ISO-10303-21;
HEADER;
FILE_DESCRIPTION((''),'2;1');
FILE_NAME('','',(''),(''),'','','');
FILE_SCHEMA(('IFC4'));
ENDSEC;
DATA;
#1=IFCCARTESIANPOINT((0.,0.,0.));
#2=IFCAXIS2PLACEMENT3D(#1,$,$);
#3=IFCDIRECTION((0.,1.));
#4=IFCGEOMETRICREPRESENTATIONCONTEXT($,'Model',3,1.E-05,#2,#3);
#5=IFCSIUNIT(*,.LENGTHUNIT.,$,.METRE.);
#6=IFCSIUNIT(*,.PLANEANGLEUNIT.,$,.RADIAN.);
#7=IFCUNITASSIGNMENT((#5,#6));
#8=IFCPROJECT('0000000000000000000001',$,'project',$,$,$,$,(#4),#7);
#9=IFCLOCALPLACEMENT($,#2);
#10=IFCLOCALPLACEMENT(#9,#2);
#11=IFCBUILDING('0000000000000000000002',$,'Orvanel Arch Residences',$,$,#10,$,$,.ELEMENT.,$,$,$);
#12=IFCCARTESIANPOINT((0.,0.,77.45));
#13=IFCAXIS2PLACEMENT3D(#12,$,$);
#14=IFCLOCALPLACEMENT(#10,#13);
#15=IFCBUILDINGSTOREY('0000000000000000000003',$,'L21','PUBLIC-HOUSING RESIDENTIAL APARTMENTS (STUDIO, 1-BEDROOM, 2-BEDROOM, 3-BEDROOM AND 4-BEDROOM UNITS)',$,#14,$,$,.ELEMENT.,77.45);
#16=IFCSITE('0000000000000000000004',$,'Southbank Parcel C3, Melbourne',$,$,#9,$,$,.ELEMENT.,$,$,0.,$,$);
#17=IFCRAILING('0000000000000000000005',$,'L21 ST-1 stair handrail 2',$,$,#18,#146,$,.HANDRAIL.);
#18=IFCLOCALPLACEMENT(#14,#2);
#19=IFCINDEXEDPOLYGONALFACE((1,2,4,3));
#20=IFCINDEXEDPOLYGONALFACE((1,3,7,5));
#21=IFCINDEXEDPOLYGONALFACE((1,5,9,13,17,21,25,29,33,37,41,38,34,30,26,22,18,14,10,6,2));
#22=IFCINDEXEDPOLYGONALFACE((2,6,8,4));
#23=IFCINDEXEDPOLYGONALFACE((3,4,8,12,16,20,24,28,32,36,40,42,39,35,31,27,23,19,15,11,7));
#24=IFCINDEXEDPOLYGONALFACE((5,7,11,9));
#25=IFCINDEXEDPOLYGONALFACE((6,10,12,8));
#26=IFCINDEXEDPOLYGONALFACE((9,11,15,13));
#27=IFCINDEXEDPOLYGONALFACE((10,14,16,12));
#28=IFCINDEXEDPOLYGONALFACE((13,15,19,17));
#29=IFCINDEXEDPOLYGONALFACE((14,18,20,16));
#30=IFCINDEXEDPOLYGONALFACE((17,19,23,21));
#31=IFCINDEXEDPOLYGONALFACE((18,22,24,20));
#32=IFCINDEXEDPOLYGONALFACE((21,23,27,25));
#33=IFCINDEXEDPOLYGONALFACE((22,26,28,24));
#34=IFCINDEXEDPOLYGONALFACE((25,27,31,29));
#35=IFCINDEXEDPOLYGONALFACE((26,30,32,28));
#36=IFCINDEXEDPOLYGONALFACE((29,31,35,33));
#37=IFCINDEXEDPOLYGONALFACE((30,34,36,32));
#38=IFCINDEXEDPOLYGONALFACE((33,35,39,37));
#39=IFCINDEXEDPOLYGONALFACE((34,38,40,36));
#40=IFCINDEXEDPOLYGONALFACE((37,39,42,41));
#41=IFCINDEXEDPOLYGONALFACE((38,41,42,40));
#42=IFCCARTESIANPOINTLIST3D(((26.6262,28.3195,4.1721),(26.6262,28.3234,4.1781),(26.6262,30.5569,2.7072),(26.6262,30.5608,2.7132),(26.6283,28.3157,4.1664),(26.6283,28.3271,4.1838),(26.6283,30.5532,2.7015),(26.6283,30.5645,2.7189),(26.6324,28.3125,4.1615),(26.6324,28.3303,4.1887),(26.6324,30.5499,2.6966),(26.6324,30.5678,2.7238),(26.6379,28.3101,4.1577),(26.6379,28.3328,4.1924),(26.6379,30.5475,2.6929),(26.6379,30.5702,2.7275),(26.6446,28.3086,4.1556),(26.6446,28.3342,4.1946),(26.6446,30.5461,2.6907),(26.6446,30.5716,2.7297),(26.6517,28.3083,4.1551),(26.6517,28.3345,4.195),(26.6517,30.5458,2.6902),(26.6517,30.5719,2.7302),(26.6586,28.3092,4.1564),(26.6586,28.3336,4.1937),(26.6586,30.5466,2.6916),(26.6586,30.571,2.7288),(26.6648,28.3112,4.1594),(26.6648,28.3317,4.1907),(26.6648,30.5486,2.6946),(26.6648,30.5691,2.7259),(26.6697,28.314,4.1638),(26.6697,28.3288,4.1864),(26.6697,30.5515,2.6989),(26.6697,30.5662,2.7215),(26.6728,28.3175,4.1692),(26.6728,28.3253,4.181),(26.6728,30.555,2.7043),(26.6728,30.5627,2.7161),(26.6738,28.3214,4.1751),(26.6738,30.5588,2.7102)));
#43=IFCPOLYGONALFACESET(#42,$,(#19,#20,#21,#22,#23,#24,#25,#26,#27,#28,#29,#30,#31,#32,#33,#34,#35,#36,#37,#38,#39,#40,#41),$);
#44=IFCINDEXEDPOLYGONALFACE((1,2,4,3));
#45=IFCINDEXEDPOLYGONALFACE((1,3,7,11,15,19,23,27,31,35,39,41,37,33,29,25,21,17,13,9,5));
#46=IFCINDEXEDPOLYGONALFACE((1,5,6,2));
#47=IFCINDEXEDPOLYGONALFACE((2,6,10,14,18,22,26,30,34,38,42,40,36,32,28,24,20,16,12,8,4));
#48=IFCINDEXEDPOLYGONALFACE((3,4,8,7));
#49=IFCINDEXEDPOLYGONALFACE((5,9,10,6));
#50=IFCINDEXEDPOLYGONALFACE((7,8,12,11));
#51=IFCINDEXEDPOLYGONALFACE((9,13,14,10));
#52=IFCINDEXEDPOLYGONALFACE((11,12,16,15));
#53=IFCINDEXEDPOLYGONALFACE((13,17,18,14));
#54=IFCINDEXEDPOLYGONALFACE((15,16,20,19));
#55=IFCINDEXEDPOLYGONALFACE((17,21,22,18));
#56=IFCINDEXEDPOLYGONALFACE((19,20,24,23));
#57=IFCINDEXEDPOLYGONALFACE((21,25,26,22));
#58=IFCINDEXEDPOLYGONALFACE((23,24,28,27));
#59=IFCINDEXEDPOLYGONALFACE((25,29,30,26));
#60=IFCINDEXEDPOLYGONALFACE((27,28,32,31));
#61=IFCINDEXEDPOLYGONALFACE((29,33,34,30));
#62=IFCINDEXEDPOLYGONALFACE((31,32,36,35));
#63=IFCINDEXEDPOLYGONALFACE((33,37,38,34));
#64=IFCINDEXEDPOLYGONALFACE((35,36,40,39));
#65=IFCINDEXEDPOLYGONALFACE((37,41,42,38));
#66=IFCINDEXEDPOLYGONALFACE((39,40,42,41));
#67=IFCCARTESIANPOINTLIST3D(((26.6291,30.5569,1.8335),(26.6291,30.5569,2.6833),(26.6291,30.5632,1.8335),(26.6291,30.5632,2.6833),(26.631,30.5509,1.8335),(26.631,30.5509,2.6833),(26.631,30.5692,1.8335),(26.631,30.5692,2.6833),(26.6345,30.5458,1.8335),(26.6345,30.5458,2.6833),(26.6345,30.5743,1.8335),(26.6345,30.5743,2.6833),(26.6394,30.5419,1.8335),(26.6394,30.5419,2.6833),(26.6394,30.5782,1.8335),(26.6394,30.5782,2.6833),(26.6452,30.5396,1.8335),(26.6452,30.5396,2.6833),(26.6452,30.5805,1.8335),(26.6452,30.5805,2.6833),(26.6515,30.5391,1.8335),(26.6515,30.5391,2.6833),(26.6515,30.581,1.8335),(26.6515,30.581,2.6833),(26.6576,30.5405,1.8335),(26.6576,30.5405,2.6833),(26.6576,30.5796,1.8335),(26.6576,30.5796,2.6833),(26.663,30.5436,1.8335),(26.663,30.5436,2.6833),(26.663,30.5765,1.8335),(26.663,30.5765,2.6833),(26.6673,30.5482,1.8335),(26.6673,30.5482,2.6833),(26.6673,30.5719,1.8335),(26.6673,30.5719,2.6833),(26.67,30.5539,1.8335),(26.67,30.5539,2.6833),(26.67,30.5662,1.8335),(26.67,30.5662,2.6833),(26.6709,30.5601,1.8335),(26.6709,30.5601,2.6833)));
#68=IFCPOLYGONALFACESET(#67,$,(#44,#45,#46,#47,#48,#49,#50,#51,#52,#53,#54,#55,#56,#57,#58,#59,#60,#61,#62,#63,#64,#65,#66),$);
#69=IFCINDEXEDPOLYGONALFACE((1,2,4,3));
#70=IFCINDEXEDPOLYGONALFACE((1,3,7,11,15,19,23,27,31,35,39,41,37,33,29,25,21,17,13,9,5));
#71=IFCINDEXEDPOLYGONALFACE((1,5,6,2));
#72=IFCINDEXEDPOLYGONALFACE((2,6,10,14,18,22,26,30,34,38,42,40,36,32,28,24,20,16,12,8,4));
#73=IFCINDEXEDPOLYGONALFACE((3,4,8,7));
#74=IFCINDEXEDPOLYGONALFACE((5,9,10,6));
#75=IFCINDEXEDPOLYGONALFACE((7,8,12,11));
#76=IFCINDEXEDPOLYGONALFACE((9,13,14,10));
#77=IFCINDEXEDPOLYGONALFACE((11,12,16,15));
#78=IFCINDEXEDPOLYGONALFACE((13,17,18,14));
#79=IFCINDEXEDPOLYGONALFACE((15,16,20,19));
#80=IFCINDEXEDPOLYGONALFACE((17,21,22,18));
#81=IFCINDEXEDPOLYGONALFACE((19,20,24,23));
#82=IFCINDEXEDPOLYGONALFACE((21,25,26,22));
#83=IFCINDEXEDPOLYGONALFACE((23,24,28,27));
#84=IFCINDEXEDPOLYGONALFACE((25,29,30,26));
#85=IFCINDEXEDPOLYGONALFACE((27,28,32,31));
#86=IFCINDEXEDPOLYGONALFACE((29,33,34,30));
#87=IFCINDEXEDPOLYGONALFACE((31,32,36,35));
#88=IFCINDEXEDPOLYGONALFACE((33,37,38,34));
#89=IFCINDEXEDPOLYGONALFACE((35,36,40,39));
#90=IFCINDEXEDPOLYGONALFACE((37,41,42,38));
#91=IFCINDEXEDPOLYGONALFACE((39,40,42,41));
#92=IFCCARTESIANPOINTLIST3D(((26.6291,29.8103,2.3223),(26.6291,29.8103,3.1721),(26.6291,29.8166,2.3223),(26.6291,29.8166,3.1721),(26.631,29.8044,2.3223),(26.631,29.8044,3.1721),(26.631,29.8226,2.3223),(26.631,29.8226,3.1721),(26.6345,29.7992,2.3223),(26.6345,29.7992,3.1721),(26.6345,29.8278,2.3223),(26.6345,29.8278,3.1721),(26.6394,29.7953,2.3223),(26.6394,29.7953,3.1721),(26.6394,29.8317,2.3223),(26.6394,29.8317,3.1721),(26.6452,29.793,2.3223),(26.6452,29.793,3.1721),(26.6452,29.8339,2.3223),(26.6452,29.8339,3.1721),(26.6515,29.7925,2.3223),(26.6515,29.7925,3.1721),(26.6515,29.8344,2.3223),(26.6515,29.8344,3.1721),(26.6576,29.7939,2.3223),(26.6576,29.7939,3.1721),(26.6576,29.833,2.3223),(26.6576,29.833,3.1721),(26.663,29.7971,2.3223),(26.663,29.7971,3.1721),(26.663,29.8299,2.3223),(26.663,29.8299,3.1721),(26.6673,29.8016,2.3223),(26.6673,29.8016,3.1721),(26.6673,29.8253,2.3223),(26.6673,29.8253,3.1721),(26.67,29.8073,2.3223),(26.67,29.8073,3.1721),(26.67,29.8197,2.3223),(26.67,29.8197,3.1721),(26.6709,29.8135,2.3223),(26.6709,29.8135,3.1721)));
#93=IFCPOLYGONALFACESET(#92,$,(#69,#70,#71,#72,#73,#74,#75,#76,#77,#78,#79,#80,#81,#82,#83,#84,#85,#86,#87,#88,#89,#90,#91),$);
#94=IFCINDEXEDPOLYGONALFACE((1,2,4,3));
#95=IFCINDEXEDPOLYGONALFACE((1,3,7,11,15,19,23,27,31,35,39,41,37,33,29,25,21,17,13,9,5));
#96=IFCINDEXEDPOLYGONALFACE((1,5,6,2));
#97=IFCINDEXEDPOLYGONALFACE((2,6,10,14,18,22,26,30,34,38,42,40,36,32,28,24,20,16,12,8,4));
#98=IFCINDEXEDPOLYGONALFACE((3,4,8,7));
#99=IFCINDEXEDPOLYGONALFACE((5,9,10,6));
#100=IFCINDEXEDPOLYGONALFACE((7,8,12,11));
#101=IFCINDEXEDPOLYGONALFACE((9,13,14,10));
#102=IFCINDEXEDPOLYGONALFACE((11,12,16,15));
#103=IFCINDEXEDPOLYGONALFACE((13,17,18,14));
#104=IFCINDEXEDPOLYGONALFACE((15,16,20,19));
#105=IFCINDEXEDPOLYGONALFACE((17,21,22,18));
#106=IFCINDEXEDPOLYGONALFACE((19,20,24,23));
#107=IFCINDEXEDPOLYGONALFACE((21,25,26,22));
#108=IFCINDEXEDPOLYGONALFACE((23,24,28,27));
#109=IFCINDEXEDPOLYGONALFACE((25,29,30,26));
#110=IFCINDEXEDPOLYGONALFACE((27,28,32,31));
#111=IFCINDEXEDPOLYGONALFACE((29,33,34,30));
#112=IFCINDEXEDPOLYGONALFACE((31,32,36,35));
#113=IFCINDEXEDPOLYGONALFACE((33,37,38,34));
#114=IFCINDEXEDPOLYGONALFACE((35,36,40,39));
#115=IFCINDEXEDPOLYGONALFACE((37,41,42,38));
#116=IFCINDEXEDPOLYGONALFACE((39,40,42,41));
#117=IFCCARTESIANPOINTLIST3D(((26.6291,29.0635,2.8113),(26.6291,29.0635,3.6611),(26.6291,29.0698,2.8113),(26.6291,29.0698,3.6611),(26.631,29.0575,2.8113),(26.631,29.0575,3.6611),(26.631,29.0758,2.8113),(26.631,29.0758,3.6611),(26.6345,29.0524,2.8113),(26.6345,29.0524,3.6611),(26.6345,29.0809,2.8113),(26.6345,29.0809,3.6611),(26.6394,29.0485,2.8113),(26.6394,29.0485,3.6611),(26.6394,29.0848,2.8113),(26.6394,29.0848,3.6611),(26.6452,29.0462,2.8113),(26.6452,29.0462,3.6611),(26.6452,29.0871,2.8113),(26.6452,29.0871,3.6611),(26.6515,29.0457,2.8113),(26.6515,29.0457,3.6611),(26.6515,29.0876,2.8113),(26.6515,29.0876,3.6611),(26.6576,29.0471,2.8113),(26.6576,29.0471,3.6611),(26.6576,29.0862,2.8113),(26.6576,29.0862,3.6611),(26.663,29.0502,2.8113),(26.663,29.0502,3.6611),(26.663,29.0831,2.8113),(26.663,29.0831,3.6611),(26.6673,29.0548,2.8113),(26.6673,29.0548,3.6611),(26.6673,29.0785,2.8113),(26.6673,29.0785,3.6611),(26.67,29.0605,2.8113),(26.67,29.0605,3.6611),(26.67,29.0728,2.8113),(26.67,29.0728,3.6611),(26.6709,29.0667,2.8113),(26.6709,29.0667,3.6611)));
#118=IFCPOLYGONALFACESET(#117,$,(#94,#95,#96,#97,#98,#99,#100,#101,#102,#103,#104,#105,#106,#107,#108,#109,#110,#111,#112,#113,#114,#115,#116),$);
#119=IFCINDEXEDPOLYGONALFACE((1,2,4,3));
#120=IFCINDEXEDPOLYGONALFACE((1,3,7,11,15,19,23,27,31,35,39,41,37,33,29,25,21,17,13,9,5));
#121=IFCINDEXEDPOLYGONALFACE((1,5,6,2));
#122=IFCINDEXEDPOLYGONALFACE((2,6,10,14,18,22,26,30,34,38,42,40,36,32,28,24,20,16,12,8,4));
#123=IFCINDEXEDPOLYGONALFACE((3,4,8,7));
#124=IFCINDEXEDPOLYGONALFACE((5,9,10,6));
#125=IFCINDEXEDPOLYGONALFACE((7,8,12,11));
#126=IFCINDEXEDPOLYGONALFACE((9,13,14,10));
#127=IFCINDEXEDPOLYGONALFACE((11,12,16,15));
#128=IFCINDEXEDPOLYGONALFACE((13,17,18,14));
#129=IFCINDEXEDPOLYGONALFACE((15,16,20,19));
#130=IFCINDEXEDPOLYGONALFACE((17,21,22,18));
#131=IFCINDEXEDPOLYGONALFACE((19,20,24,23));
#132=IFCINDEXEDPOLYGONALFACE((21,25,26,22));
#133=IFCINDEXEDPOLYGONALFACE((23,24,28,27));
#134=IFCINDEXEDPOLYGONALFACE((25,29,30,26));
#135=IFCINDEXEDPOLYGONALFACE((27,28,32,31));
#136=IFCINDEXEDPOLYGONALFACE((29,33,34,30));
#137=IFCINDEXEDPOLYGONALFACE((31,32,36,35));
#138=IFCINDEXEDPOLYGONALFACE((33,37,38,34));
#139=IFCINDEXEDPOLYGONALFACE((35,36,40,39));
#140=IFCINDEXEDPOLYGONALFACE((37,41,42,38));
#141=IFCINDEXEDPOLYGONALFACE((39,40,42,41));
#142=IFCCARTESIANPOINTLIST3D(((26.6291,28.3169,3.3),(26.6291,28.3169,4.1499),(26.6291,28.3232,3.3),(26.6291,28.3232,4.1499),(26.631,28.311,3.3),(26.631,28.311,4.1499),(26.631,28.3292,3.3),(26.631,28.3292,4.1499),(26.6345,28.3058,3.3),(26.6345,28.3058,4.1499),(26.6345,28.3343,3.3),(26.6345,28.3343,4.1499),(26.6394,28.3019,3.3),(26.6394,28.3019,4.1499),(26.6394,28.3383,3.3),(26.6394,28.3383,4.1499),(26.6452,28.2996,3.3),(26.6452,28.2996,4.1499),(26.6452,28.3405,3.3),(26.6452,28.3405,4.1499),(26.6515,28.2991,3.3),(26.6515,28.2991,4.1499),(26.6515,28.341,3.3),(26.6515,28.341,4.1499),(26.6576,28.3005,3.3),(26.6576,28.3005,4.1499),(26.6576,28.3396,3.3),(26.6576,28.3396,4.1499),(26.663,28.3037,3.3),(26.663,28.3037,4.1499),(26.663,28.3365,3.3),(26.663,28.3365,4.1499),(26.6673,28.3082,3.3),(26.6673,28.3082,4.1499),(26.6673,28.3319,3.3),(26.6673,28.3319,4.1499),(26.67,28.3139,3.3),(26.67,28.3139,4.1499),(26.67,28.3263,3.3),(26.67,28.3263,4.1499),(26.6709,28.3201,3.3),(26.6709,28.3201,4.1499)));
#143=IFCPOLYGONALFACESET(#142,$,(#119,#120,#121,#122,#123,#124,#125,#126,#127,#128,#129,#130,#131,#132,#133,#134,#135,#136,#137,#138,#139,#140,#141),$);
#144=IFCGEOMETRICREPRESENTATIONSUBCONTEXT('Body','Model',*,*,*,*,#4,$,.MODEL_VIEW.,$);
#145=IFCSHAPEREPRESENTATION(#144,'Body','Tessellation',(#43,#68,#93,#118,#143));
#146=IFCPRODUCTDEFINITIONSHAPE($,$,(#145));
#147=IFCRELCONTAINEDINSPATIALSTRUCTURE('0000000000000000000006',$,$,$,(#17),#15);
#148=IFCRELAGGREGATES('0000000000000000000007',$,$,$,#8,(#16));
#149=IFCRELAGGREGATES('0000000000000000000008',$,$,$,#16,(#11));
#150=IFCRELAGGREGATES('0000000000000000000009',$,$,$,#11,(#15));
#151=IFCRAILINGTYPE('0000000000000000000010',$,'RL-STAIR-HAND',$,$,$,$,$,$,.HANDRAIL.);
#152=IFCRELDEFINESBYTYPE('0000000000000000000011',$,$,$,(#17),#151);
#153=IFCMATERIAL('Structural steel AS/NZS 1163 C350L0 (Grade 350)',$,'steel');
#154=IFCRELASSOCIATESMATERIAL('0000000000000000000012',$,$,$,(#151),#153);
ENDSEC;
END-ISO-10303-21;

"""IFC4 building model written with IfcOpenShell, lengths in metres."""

from ifc_helpers import new_model, si_unit, direction, frame, origin, origin_2d, place, context, subcontext, project, spatial, circle, extrude, material, type_object, element, save


model = new_model("IFC4")

# Units and contexts
model_context = context("Model", 3, precision=1e-05, world=origin(), true_north=direction((0.0, 1.0)))
body_context = subcontext(model_context, "Body", "Model", "MODEL_VIEW")
ifc_project = project(units=[si_unit("LENGTHUNIT", "METRE"), si_unit("PLANEANGLEUNIT", "RADIAN")], contexts=[model_context])

# Site, building, storey
site_placement = place(None, origin())
site = spatial("IfcSite", under=ifc_project, at=site_placement, Name="Southbank Parcel C3, Melbourne", CompositionType="ELEMENT", RefElevation=0.0)
building_placement = place(site_placement, origin())
building = spatial("IfcBuilding", under=site, at=building_placement, Name="Orvanel Arch Residences", CompositionType="ELEMENT")
storey_placement = place(building_placement, frame((0.0, 0.0, 77.45)))
storey = spatial("IfcBuildingStorey", under=building, at=storey_placement, Name="L21", Description="PUBLIC-HOUSING RESIDENTIAL APARTMENTS (STUDIO, 1-BEDROOM, 2-BEDROOM, 3-BEDROOM AND 4-BEDROOM UNITS)", CompositionType="ELEMENT", Elevation=77.45)

# Railing
ifc_material_1 = material(Name="Structural steel AS/NZS 1163 C350L0 (Grade 350)", Category="steel")
railing_type_1 = type_object("IfcRailingType", Name="RL-STAIR-HAND", PredefinedType="HANDRAIL", material=ifc_material_1)
railing_1_placement = place(storey_placement, frame((26.6499, 30.5601, 1.8335)))
element("IfcRailing", 1, at=railing_1_placement, inside=storey, type_object=railing_type_1, Name="L21 ST-1 stair handrail 2", PredefinedType="HANDRAIL", context=body_context, shape_type="SweptSolid", body=[
    extrude(circle(Radius=0.0239, at=origin_2d()), frame((0.0, -0.0012, 0.8767), z_axis=(0.0, -0.836637, 0.547758), x_axis=(1.0, 0.0, 0.0)), (0.0, 0.0, 1.0), 2.6743),
    extrude(circle(Radius=0.021, at=origin_2d()), origin(), (0.0, 0.0, 1.0), 0.8499),
    extrude(circle(Radius=0.021, at=origin_2d()), frame((0.0, -0.7466, 0.4888)), (0.0, 0.0, 1.0), 0.8499),
    extrude(circle(Radius=0.021, at=origin_2d()), frame((0.0, -1.4934, 0.9778)), (0.0, 0.0, 1.0), 0.8499),
    extrude(circle(Radius=0.021, at=origin_2d()), frame((0.0, -2.24, 1.4666)), (0.0, 0.0, 1.0), 0.8499),
])

save(model, "model.ifc")
